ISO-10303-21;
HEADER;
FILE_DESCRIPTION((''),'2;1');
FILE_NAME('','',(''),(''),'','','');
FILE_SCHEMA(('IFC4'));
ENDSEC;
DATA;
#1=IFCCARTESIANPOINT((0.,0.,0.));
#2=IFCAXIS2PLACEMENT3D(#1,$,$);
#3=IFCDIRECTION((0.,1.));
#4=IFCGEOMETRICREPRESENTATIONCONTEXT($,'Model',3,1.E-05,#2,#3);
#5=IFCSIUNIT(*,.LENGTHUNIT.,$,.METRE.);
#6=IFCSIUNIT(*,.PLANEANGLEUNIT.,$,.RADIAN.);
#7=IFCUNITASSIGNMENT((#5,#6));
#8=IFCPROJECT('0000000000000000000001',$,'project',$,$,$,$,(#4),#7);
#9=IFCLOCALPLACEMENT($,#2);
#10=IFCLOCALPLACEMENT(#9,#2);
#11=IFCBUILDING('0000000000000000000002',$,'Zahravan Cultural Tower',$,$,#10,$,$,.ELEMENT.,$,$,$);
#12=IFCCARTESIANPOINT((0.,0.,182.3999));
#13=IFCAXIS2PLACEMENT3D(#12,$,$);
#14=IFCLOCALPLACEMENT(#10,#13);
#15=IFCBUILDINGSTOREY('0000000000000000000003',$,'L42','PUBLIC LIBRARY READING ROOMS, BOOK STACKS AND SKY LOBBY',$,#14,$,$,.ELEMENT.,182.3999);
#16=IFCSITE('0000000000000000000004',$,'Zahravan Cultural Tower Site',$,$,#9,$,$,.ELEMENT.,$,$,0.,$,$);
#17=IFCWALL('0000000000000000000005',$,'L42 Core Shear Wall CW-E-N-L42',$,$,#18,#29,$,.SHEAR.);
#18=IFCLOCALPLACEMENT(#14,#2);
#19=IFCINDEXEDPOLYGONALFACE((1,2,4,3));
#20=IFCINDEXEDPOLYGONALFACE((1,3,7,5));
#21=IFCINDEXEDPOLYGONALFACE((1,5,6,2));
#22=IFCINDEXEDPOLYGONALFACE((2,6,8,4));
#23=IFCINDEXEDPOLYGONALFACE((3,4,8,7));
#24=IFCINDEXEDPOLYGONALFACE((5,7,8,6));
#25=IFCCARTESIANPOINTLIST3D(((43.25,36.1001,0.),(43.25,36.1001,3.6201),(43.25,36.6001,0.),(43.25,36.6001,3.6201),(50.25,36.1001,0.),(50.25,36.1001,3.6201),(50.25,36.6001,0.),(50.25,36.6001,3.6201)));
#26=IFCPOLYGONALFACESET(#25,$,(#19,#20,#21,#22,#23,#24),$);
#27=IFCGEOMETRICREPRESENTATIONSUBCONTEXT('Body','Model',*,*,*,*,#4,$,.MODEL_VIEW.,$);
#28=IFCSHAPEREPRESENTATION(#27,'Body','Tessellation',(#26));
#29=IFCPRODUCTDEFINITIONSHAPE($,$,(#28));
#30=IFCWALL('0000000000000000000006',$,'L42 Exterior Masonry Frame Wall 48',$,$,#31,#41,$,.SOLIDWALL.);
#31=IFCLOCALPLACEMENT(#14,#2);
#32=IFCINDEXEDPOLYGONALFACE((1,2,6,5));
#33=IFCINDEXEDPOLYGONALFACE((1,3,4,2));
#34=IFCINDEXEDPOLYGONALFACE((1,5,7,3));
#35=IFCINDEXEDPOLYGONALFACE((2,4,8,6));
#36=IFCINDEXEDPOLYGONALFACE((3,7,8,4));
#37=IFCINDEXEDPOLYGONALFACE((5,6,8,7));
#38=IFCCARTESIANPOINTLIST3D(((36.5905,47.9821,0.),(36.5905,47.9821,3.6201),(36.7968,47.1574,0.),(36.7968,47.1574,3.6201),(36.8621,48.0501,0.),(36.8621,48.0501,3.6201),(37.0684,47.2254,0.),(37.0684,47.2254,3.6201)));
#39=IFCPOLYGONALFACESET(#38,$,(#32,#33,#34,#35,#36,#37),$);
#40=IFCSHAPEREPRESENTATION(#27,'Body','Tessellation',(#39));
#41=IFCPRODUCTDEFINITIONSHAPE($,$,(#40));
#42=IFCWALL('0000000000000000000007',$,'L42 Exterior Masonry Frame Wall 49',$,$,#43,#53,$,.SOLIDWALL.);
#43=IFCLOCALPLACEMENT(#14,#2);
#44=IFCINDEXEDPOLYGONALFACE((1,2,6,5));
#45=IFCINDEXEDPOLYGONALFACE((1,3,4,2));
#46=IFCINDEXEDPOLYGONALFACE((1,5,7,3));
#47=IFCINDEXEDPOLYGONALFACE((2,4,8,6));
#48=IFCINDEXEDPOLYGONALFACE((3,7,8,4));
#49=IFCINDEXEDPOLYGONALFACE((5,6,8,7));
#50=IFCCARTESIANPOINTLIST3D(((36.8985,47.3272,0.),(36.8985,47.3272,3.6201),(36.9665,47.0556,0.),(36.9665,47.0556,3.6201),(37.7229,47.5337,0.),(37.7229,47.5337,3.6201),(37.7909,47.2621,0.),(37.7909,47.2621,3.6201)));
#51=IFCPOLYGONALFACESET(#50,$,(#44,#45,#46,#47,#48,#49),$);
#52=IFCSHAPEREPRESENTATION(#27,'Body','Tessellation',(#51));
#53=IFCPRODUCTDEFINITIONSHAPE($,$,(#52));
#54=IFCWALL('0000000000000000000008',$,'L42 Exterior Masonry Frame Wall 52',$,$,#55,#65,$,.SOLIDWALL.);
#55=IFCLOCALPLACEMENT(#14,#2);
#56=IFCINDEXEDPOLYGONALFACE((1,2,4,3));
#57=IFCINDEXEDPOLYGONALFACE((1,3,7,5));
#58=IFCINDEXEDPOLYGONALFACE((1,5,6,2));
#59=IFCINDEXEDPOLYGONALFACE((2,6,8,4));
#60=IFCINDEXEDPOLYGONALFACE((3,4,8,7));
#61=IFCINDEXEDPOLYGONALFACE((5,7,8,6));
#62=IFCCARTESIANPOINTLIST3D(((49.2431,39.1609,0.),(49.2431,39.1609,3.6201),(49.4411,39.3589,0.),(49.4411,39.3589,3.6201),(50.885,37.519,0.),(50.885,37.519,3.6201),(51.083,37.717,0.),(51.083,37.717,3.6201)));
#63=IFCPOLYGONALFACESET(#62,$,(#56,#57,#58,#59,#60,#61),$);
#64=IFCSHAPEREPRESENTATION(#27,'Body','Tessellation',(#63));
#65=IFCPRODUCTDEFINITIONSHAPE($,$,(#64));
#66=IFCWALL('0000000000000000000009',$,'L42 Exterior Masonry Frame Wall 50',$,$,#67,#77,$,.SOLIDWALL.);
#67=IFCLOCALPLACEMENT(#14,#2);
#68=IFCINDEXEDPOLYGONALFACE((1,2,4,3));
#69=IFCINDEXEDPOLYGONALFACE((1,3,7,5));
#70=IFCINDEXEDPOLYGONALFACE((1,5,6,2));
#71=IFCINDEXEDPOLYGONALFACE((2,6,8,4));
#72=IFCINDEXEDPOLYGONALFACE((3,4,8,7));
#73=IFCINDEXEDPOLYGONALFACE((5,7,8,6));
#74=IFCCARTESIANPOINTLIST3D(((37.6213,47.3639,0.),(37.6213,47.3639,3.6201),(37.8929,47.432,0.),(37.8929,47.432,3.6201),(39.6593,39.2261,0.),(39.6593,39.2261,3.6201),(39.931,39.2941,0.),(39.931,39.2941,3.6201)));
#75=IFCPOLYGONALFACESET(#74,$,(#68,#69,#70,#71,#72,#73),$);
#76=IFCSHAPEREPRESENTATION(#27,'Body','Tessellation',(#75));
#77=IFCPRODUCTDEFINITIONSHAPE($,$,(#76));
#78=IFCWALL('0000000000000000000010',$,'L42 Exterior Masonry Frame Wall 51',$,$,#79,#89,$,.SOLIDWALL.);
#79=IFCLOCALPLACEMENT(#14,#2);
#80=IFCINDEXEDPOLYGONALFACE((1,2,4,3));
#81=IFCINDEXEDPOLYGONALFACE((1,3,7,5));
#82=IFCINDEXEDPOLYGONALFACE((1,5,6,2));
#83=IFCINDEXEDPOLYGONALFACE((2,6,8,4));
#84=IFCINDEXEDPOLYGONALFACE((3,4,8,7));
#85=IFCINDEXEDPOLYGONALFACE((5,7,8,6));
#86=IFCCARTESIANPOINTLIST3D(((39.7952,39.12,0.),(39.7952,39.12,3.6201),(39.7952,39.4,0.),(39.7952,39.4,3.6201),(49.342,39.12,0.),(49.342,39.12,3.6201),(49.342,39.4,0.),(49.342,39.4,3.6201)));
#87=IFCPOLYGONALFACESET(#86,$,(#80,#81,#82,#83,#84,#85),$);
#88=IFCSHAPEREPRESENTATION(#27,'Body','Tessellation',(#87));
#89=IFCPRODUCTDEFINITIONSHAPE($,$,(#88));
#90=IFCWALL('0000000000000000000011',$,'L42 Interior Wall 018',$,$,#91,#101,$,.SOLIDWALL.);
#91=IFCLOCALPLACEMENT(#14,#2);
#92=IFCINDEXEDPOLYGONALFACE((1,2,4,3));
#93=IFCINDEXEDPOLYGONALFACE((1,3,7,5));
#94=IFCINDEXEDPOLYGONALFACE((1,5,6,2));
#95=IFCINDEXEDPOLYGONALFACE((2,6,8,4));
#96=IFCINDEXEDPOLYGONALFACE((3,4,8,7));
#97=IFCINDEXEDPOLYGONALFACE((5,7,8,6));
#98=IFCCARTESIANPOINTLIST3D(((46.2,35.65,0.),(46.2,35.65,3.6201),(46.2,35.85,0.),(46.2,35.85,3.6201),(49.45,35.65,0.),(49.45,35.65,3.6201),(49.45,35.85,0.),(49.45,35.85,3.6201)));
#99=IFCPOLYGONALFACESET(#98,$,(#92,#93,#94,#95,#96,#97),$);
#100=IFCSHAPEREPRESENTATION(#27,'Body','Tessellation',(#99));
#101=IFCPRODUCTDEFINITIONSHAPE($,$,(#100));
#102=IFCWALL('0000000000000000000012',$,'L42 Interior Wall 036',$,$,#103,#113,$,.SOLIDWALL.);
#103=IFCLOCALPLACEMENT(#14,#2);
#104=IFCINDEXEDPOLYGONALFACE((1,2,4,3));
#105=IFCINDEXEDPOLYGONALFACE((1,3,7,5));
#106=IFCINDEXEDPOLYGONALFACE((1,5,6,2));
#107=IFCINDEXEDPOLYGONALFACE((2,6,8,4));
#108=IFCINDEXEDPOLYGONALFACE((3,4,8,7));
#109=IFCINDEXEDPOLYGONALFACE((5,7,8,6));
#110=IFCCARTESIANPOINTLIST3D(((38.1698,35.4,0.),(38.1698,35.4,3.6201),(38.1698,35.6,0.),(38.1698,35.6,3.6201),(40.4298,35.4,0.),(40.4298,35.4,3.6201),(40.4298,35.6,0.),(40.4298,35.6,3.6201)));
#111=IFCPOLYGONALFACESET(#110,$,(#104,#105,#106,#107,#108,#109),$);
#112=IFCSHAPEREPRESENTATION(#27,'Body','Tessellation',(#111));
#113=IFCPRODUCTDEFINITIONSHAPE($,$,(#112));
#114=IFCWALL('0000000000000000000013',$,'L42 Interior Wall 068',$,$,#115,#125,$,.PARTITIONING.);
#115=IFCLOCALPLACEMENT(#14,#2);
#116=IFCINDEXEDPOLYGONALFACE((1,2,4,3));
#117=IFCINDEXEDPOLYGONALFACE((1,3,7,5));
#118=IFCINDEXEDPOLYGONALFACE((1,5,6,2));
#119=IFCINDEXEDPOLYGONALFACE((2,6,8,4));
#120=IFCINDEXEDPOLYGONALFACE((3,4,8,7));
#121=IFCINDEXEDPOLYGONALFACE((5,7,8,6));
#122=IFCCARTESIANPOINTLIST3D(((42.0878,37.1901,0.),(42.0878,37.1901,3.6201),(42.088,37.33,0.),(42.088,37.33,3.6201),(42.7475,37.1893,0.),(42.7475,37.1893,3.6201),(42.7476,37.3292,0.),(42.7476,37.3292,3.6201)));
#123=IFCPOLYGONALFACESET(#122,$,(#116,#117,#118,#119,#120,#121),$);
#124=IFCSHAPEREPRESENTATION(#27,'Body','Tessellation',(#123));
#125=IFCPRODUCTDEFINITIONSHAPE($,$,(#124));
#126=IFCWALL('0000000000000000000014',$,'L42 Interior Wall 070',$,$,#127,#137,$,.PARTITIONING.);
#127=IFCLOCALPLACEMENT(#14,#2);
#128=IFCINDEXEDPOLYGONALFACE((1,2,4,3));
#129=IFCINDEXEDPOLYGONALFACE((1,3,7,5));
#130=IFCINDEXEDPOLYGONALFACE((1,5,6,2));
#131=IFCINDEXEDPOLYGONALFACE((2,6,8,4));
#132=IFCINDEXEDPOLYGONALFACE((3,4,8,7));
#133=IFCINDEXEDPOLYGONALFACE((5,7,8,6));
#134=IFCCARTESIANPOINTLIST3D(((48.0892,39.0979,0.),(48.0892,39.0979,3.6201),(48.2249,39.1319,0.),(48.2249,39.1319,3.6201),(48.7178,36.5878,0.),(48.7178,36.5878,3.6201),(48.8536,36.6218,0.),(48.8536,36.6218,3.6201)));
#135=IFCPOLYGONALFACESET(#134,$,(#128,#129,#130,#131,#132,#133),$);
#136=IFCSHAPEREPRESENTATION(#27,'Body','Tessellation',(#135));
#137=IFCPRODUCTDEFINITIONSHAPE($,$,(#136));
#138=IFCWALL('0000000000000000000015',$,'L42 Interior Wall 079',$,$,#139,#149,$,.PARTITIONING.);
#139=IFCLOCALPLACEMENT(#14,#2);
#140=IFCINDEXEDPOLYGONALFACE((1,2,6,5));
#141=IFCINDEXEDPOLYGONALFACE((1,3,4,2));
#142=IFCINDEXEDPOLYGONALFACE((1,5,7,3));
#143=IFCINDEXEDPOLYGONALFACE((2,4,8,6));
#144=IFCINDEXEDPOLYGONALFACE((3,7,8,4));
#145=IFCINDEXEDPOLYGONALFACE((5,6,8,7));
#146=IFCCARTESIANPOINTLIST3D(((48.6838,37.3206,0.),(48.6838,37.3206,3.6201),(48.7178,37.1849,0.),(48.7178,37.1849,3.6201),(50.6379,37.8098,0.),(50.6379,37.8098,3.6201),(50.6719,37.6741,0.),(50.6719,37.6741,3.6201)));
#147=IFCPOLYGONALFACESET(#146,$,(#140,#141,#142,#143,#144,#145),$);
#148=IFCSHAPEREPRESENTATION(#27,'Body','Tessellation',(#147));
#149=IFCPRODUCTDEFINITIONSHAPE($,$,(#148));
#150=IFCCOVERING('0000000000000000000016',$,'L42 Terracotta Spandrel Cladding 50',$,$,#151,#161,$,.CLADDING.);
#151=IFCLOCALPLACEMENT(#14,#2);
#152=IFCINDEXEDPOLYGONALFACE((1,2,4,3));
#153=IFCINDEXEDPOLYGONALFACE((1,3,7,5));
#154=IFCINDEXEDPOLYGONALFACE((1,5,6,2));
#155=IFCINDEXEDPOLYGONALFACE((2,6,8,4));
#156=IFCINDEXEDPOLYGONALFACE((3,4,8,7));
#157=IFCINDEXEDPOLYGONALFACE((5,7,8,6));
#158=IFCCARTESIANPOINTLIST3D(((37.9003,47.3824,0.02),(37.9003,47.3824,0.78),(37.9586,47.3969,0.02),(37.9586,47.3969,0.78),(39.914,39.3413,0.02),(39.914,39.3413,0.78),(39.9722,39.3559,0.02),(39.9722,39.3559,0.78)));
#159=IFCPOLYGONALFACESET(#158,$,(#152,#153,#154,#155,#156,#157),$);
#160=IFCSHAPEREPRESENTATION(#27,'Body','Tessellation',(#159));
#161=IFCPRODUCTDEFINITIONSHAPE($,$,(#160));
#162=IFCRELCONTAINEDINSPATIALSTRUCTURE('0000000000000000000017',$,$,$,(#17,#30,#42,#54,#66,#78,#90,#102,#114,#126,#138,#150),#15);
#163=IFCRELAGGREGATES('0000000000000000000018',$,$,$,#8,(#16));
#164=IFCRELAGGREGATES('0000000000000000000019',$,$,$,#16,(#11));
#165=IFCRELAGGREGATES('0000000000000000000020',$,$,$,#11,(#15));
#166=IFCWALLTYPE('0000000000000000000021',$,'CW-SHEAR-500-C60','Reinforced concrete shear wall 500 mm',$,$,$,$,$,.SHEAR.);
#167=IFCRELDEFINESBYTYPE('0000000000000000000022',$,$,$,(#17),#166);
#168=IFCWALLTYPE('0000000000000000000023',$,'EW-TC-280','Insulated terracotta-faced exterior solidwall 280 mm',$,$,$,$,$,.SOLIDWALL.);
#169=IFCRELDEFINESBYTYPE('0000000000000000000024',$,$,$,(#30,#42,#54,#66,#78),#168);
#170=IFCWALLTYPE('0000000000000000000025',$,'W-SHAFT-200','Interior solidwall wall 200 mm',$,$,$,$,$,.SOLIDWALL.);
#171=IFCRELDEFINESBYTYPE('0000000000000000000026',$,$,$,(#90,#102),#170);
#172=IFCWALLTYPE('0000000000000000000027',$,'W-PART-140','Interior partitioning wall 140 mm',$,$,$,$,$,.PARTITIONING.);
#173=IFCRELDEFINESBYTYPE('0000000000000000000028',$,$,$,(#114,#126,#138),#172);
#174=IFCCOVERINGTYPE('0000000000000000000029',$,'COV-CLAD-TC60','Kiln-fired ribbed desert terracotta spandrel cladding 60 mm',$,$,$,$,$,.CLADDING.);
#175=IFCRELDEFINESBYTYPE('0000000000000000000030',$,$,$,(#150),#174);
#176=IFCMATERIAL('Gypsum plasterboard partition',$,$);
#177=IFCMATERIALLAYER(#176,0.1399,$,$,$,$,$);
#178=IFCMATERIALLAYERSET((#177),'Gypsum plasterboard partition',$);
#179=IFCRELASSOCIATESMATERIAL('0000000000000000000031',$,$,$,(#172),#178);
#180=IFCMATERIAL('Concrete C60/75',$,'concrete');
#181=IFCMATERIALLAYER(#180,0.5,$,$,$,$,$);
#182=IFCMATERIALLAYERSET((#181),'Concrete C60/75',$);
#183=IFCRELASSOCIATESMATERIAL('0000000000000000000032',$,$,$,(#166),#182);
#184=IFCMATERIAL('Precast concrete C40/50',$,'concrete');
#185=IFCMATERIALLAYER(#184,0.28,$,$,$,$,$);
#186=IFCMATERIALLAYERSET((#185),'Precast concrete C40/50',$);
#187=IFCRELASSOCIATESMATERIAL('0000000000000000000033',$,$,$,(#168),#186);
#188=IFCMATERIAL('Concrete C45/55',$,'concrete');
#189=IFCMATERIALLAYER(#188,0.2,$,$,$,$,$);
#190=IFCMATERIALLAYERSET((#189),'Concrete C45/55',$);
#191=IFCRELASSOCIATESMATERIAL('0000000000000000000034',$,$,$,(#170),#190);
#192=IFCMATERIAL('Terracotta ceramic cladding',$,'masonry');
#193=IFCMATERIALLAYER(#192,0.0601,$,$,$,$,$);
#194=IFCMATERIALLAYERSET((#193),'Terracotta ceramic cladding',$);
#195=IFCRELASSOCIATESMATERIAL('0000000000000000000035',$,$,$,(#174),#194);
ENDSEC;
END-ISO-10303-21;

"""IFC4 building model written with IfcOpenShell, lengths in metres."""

from ifc_helpers import new_model, si_unit, direction, frame, frame_2d, origin, origin_2d, place, context, subcontext, project, spatial, rectangle, extrude, source, transform, mapped, material, layer, layer_set, type_object, element, save


model = new_model("IFC4")

# Units and contexts
model_context = context("Model", 3, precision=1e-05, world=origin(), true_north=direction((0.0, 1.0)))
body_context = subcontext(model_context, "Body", "Model", "MODEL_VIEW")
ifc_project = project(units=[si_unit("LENGTHUNIT", "METRE"), si_unit("PLANEANGLEUNIT", "RADIAN")], contexts=[model_context])

# Site, building, storey
site_placement = place(None, origin())
site = spatial("IfcSite", under=ifc_project, at=site_placement, Name="Zahravan Cultural Tower Site", CompositionType="ELEMENT", RefElevation=0.0)
building_placement = place(site_placement, origin())
building = spatial("IfcBuilding", under=site, at=building_placement, Name="Zahravan Cultural Tower", CompositionType="ELEMENT")
storey_placement = place(building_placement, frame((0.0, 0.0, 182.3999)))
storey = spatial("IfcBuildingStorey", under=building, at=storey_placement, Name="L42", Description="PUBLIC LIBRARY READING ROOMS, BOOK STACKS AND SKY LOBBY", CompositionType="ELEMENT", Elevation=182.3999)

# Shared definitions
ifc_material_1 = material(Name="Gypsum plasterboard partition")
ifc_layer_1 = layer(ifc_material_1, 0.1399)
ifc_layer_set_1 = layer_set([ifc_layer_1], Name="Gypsum plasterboard partition")
wall_type_1 = type_object("IfcWallType", Name="W-PART-140", Description="Interior partitioning wall 140 mm", PredefinedType="PARTITIONING", material=ifc_layer_set_1)

# Walls
ifc_material_2 = material(Name="Concrete C60/75", Category="concrete")
ifc_layer_2 = layer(ifc_material_2, 0.5)
ifc_layer_set_2 = layer_set([ifc_layer_2], Name="Concrete C60/75")
wall_type_2 = type_object("IfcWallType", Name="CW-SHEAR-500-C60", Description="Reinforced concrete shear wall 500 mm", PredefinedType="SHEAR", material=ifc_layer_set_2)
shared_shape_1 = source(origin(), body_context, "Body", "SweptSolid", [
    extrude(rectangle(XDim=7.0, YDim=0.5, at=frame_2d((3.5, 0.0))), origin(), (0.0, 0.0, 1.0), 3.6201),
])
wall_1_placement = place(storey_placement, frame((43.25, 36.3501, 0.0), z_axis=(0.0, 0.0, 1.0), x_axis=(1.0, 0.0, 0.0)))
element("IfcWall", 1, at=wall_1_placement, inside=storey, type_object=wall_type_2, Name="L42 Core Shear Wall CW-E-N-L42", PredefinedType="SHEAR", context=body_context, shape_type="MappedRepresentation", body=[
    mapped(shared_shape_1, transform((0.0, 0.0, 0.0), x_axis=(1.0, 0.0, 0.0), y_axis=(0.0, 1.0, 0.0), z_axis=(0.0, 0.0, 1.0), scale=1.0)),
])
ifc_material_3 = material(Name="Precast concrete C40/50", Category="concrete")
ifc_layer_3 = layer(ifc_material_3, 0.28)
ifc_layer_set_3 = layer_set([ifc_layer_3], Name="Precast concrete C40/50")
wall_type_3 = type_object("IfcWallType", Name="EW-TC-280", Description="Insulated terracotta-faced exterior solidwall 280 mm", PredefinedType="SOLIDWALL", material=ifc_layer_set_3)
shared_shape_2 = source(origin(), body_context, "Body", "SweptSolid", [
    extrude(rectangle(XDim=0.8501, YDim=0.28, at=frame_2d((0.425, 0.0))), origin(), (0.0, 0.0, 1.0), 3.6201),
])
wall_2_placement = place(storey_placement, frame((36.7263, 48.0161, 0.0), z_axis=(0.0, 0.0, 1.0), x_axis=(0.242671, -0.970109, 0.0)))
element("IfcWall", 2, at=wall_2_placement, inside=storey, type_object=wall_type_3, Name="L42 Exterior Masonry Frame Wall 48", PredefinedType="SOLIDWALL", context=body_context, shape_type="MappedRepresentation", body=[
    mapped(shared_shape_2, transform((0.0, 0.0, 0.0), x_axis=(1.0, 0.0, 0.0), y_axis=(0.0, 1.0, 0.0), z_axis=(0.0, 0.0, 1.0), scale=1.0)),
])
shared_shape_3 = source(origin(), body_context, "Body", "SweptSolid", [
    extrude(rectangle(XDim=0.8499, YDim=0.28, at=frame_2d((0.4248, 0.0))), origin(), (0.0, 0.0, 1.0), 3.6201),
])
wall_3_placement = place(storey_placement, frame((36.9326, 47.1914, 0.0), z_axis=(0.0, 0.0, 1.0), x_axis=(0.970024, 0.243009, 0.0)))
element("IfcWall", 3, at=wall_3_placement, inside=storey, type_object=wall_type_3, Name="L42 Exterior Masonry Frame Wall 49", PredefinedType="SOLIDWALL", context=body_context, shape_type="MappedRepresentation", body=[
    mapped(shared_shape_3, transform((0.0, 0.0, 0.0), x_axis=(1.0, 0.0, 0.0), y_axis=(0.0, 1.0, 0.0), z_axis=(0.0, 0.0, 1.0), scale=1.0)),
])
shared_shape_4 = source(origin(), body_context, "Body", "SweptSolid", [
    extrude(rectangle(XDim=2.322, YDim=0.28, at=frame_2d((1.1611, 0.0))), origin(), (0.0, 0.0, 1.0), 3.6201),
])
wall_4_placement = place(storey_placement, frame((49.342, 39.26, 0.0), z_axis=(0.0, 0.0, 1.0), x_axis=(0.707107, -0.707107, 0.0)))
element("IfcWall", 4, at=wall_4_placement, inside=storey, type_object=wall_type_3, Name="L42 Exterior Masonry Frame Wall 52", PredefinedType="SOLIDWALL", context=body_context, shape_type="MappedRepresentation", body=[
    mapped(shared_shape_4, transform((0.0, 0.0, 0.0), x_axis=(1.0, 0.0, 0.0), y_axis=(0.0, 1.0, 0.0), z_axis=(0.0, 0.0, 1.0), scale=1.0)),
])
shared_shape_5 = source(origin(), body_context, "Body", "SweptSolid", [
    extrude(rectangle(XDim=8.3892, YDim=0.28, at=frame_2d((4.1946, 0.0))), origin(), (0.0, 0.0, 1.0), 3.6201),
])
wall_5_placement = place(storey_placement, frame((37.7571, 47.3979, 0.0), z_axis=(0.0, 0.0, 1.0), x_axis=(0.24294, -0.970041, 0.0)))
element("IfcWall", 5, at=wall_5_placement, inside=storey, type_object=wall_type_3, Name="L42 Exterior Masonry Frame Wall 50", PredefinedType="SOLIDWALL", context=body_context, shape_type="MappedRepresentation", body=[
    mapped(shared_shape_5, transform((0.0, 0.0, 0.0), x_axis=(1.0, 0.0, 0.0), y_axis=(0.0, 1.0, 0.0), z_axis=(0.0, 0.0, 1.0), scale=1.0)),
])
shared_shape_6 = source(origin(), body_context, "Body", "SweptSolid", [
    extrude(rectangle(XDim=9.5469, YDim=0.28, at=frame_2d((4.7734, 0.0))), origin(), (0.0, 0.0, 1.0), 3.6201),
])
wall_6_placement = place(storey_placement, frame((39.7952, 39.26, 0.0), z_axis=(0.0, 0.0, 1.0), x_axis=(1.0, 0.0, 0.0)))
element("IfcWall", 6, at=wall_6_placement, inside=storey, type_object=wall_type_3, Name="L42 Exterior Masonry Frame Wall 51", PredefinedType="SOLIDWALL", context=body_context, shape_type="MappedRepresentation", body=[
    mapped(shared_shape_6, transform((0.0, 0.0, 0.0), x_axis=(1.0, 0.0, 0.0), y_axis=(0.0, 1.0, 0.0), z_axis=(0.0, 0.0, 1.0), scale=1.0)),
])
ifc_material_4 = material(Name="Concrete C45/55", Category="concrete")
ifc_layer_4 = layer(ifc_material_4, 0.2)
ifc_layer_set_4 = layer_set([ifc_layer_4], Name="Concrete C45/55")
wall_type_4 = type_object("IfcWallType", Name="W-SHAFT-200", Description="Interior solidwall wall 200 mm", PredefinedType="SOLIDWALL", material=ifc_layer_set_4)
shared_shape_7 = source(origin(), body_context, "Body", "SweptSolid", [
    extrude(rectangle(XDim=3.25, YDim=0.2, at=frame_2d((1.625, 0.0))), origin(), (0.0, 0.0, 1.0), 3.6201),
])
wall_7_placement = place(storey_placement, frame((46.2, 35.75, 0.0), z_axis=(0.0, 0.0, 1.0), x_axis=(1.0, 0.0, 0.0)))
element("IfcWall", 7, at=wall_7_placement, inside=storey, type_object=wall_type_4, Name="L42 Interior Wall 018", PredefinedType="SOLIDWALL", context=body_context, shape_type="MappedRepresentation", body=[
    mapped(shared_shape_7, transform((0.0, 0.0, 0.0), x_axis=(1.0, 0.0, 0.0), y_axis=(0.0, 1.0, 0.0), z_axis=(0.0, 0.0, 1.0), scale=1.0)),
])
shared_shape_8 = source(origin(), body_context, "Body", "SweptSolid", [
    extrude(rectangle(XDim=2.26, YDim=0.2, at=frame_2d((1.1299, 0.0))), origin(), (0.0, 0.0, 1.0), 3.6201),
])
wall_8_placement = place(storey_placement, frame((38.1699, 35.5, 0.0), z_axis=(0.0, 0.0, 1.0), x_axis=(1.0, 0.0, 0.0)))
element("IfcWall", 8, at=wall_8_placement, inside=storey, type_object=wall_type_4, Name="L42 Interior Wall 036", PredefinedType="SOLIDWALL", context=body_context, shape_type="MappedRepresentation", body=[
    mapped(shared_shape_8, transform((0.0, 0.0, 0.0), x_axis=(1.0, 0.0, 0.0), y_axis=(0.0, 1.0, 0.0), z_axis=(0.0, 0.0, 1.0), scale=1.0)),
])
shared_shape_9 = source(origin(), body_context, "Body", "SweptSolid", [
    extrude(rectangle(XDim=0.6597, YDim=0.1399, at=frame_2d((0.3298, 0.0))), origin(), (0.0, 0.0, 1.0), 3.6201),
])
wall_9_placement = place(storey_placement, frame((42.7476, 37.2593, 0.0), z_axis=(0.0, 0.0, 1.0), x_axis=(-0.999999, 0.00111, 0.0)))
element("IfcWall", 9, at=wall_9_placement, inside=storey, type_object=wall_type_1, Name="L42 Interior Wall 068", PredefinedType="PARTITIONING", context=body_context, shape_type="MappedRepresentation", body=[
    mapped(shared_shape_9, transform((0.0, 0.0, 0.0), x_axis=(1.0, 0.0, 0.0), y_axis=(0.0, 1.0, 0.0), z_axis=(0.0, 0.0, 1.0), scale=1.0)),
])
shared_shape_10 = source(origin(), body_context, "Body", "SweptSolid", [
    extrude(rectangle(XDim=2.5876, YDim=0.1399, at=frame_2d((1.2939, 0.0))), origin(), (0.0, 0.0, 1.0), 3.6201),
])
wall_10_placement = place(storey_placement, frame((48.157, 39.115, 0.0), z_axis=(0.0, 0.0, 1.0), x_axis=(0.242957, -0.970037, 0.0)))
element("IfcWall", 10, at=wall_10_placement, inside=storey, type_object=wall_type_1, Name="L42 Interior Wall 070", PredefinedType="PARTITIONING", context=body_context, shape_type="MappedRepresentation", body=[
    mapped(shared_shape_10, transform((0.0, 0.0, 0.0), x_axis=(1.0, 0.0, 0.0), y_axis=(0.0, 1.0, 0.0), z_axis=(0.0, 0.0, 1.0), scale=1.0)),
])
shared_shape_11 = source(origin(), body_context, "Body", "SweptSolid", [
    extrude(rectangle(XDim=2.0144, YDim=0.1399, at=frame_2d((1.0073, 0.0))), origin(), (0.0, 0.0, 1.0), 3.6201),
])
wall_11_placement = place(storey_placement, frame((48.7007, 37.2527, 0.0), z_axis=(0.0, 0.0, 1.0), x_axis=(0.970057, 0.242878, 0.0)))
element("IfcWall", 11, at=wall_11_placement, inside=storey, type_object=wall_type_1, Name="L42 Interior Wall 079", PredefinedType="PARTITIONING", context=body_context, shape_type="MappedRepresentation", body=[
    mapped(shared_shape_11, transform((0.0, 0.0, 0.0), x_axis=(1.0, 0.0, 0.0), y_axis=(0.0, 1.0, 0.0), z_axis=(0.0, 0.0, 1.0), scale=1.0)),
])

# Covering
ifc_material_5 = material(Name="Terracotta ceramic cladding", Category="masonry")
ifc_layer_5 = layer(ifc_material_5, 0.0601)
ifc_layer_set_5 = layer_set([ifc_layer_5], Name="Terracotta ceramic cladding")
covering_type = type_object("IfcCoveringType", Name="COV-CLAD-TC60", Description="Kiln-fired ribbed desert terracotta spandrel cladding 60 mm", PredefinedType="CLADDING", material=ifc_layer_set_5)
shared_shape_12 = source(origin(), body_context, "Body", "SweptSolid", [
    extrude(rectangle(XDim=8.2893, YDim=0.0601, at=origin_2d()), origin(), (0.0, 0.0, 1.0), 0.76),
])
covering_1_placement = place(storey_placement, frame((38.9363, 43.3691, 0.02), z_axis=(0.0, 0.0, 1.0), x_axis=(0.242921, -0.970046, 0.0)))
element("IfcCovering", 12, at=covering_1_placement, inside=storey, type_object=covering_type, Name="L42 Terracotta Spandrel Cladding 50", PredefinedType="CLADDING", context=body_context, shape_type="MappedRepresentation", body=[
    mapped(shared_shape_12, transform((0.0, 0.0, 0.0), x_axis=(1.0, 0.0, 0.0), y_axis=(0.0, 1.0, 0.0), z_axis=(0.0, 0.0, 1.0), scale=1.0)),
])

save(model, "model.ifc")
